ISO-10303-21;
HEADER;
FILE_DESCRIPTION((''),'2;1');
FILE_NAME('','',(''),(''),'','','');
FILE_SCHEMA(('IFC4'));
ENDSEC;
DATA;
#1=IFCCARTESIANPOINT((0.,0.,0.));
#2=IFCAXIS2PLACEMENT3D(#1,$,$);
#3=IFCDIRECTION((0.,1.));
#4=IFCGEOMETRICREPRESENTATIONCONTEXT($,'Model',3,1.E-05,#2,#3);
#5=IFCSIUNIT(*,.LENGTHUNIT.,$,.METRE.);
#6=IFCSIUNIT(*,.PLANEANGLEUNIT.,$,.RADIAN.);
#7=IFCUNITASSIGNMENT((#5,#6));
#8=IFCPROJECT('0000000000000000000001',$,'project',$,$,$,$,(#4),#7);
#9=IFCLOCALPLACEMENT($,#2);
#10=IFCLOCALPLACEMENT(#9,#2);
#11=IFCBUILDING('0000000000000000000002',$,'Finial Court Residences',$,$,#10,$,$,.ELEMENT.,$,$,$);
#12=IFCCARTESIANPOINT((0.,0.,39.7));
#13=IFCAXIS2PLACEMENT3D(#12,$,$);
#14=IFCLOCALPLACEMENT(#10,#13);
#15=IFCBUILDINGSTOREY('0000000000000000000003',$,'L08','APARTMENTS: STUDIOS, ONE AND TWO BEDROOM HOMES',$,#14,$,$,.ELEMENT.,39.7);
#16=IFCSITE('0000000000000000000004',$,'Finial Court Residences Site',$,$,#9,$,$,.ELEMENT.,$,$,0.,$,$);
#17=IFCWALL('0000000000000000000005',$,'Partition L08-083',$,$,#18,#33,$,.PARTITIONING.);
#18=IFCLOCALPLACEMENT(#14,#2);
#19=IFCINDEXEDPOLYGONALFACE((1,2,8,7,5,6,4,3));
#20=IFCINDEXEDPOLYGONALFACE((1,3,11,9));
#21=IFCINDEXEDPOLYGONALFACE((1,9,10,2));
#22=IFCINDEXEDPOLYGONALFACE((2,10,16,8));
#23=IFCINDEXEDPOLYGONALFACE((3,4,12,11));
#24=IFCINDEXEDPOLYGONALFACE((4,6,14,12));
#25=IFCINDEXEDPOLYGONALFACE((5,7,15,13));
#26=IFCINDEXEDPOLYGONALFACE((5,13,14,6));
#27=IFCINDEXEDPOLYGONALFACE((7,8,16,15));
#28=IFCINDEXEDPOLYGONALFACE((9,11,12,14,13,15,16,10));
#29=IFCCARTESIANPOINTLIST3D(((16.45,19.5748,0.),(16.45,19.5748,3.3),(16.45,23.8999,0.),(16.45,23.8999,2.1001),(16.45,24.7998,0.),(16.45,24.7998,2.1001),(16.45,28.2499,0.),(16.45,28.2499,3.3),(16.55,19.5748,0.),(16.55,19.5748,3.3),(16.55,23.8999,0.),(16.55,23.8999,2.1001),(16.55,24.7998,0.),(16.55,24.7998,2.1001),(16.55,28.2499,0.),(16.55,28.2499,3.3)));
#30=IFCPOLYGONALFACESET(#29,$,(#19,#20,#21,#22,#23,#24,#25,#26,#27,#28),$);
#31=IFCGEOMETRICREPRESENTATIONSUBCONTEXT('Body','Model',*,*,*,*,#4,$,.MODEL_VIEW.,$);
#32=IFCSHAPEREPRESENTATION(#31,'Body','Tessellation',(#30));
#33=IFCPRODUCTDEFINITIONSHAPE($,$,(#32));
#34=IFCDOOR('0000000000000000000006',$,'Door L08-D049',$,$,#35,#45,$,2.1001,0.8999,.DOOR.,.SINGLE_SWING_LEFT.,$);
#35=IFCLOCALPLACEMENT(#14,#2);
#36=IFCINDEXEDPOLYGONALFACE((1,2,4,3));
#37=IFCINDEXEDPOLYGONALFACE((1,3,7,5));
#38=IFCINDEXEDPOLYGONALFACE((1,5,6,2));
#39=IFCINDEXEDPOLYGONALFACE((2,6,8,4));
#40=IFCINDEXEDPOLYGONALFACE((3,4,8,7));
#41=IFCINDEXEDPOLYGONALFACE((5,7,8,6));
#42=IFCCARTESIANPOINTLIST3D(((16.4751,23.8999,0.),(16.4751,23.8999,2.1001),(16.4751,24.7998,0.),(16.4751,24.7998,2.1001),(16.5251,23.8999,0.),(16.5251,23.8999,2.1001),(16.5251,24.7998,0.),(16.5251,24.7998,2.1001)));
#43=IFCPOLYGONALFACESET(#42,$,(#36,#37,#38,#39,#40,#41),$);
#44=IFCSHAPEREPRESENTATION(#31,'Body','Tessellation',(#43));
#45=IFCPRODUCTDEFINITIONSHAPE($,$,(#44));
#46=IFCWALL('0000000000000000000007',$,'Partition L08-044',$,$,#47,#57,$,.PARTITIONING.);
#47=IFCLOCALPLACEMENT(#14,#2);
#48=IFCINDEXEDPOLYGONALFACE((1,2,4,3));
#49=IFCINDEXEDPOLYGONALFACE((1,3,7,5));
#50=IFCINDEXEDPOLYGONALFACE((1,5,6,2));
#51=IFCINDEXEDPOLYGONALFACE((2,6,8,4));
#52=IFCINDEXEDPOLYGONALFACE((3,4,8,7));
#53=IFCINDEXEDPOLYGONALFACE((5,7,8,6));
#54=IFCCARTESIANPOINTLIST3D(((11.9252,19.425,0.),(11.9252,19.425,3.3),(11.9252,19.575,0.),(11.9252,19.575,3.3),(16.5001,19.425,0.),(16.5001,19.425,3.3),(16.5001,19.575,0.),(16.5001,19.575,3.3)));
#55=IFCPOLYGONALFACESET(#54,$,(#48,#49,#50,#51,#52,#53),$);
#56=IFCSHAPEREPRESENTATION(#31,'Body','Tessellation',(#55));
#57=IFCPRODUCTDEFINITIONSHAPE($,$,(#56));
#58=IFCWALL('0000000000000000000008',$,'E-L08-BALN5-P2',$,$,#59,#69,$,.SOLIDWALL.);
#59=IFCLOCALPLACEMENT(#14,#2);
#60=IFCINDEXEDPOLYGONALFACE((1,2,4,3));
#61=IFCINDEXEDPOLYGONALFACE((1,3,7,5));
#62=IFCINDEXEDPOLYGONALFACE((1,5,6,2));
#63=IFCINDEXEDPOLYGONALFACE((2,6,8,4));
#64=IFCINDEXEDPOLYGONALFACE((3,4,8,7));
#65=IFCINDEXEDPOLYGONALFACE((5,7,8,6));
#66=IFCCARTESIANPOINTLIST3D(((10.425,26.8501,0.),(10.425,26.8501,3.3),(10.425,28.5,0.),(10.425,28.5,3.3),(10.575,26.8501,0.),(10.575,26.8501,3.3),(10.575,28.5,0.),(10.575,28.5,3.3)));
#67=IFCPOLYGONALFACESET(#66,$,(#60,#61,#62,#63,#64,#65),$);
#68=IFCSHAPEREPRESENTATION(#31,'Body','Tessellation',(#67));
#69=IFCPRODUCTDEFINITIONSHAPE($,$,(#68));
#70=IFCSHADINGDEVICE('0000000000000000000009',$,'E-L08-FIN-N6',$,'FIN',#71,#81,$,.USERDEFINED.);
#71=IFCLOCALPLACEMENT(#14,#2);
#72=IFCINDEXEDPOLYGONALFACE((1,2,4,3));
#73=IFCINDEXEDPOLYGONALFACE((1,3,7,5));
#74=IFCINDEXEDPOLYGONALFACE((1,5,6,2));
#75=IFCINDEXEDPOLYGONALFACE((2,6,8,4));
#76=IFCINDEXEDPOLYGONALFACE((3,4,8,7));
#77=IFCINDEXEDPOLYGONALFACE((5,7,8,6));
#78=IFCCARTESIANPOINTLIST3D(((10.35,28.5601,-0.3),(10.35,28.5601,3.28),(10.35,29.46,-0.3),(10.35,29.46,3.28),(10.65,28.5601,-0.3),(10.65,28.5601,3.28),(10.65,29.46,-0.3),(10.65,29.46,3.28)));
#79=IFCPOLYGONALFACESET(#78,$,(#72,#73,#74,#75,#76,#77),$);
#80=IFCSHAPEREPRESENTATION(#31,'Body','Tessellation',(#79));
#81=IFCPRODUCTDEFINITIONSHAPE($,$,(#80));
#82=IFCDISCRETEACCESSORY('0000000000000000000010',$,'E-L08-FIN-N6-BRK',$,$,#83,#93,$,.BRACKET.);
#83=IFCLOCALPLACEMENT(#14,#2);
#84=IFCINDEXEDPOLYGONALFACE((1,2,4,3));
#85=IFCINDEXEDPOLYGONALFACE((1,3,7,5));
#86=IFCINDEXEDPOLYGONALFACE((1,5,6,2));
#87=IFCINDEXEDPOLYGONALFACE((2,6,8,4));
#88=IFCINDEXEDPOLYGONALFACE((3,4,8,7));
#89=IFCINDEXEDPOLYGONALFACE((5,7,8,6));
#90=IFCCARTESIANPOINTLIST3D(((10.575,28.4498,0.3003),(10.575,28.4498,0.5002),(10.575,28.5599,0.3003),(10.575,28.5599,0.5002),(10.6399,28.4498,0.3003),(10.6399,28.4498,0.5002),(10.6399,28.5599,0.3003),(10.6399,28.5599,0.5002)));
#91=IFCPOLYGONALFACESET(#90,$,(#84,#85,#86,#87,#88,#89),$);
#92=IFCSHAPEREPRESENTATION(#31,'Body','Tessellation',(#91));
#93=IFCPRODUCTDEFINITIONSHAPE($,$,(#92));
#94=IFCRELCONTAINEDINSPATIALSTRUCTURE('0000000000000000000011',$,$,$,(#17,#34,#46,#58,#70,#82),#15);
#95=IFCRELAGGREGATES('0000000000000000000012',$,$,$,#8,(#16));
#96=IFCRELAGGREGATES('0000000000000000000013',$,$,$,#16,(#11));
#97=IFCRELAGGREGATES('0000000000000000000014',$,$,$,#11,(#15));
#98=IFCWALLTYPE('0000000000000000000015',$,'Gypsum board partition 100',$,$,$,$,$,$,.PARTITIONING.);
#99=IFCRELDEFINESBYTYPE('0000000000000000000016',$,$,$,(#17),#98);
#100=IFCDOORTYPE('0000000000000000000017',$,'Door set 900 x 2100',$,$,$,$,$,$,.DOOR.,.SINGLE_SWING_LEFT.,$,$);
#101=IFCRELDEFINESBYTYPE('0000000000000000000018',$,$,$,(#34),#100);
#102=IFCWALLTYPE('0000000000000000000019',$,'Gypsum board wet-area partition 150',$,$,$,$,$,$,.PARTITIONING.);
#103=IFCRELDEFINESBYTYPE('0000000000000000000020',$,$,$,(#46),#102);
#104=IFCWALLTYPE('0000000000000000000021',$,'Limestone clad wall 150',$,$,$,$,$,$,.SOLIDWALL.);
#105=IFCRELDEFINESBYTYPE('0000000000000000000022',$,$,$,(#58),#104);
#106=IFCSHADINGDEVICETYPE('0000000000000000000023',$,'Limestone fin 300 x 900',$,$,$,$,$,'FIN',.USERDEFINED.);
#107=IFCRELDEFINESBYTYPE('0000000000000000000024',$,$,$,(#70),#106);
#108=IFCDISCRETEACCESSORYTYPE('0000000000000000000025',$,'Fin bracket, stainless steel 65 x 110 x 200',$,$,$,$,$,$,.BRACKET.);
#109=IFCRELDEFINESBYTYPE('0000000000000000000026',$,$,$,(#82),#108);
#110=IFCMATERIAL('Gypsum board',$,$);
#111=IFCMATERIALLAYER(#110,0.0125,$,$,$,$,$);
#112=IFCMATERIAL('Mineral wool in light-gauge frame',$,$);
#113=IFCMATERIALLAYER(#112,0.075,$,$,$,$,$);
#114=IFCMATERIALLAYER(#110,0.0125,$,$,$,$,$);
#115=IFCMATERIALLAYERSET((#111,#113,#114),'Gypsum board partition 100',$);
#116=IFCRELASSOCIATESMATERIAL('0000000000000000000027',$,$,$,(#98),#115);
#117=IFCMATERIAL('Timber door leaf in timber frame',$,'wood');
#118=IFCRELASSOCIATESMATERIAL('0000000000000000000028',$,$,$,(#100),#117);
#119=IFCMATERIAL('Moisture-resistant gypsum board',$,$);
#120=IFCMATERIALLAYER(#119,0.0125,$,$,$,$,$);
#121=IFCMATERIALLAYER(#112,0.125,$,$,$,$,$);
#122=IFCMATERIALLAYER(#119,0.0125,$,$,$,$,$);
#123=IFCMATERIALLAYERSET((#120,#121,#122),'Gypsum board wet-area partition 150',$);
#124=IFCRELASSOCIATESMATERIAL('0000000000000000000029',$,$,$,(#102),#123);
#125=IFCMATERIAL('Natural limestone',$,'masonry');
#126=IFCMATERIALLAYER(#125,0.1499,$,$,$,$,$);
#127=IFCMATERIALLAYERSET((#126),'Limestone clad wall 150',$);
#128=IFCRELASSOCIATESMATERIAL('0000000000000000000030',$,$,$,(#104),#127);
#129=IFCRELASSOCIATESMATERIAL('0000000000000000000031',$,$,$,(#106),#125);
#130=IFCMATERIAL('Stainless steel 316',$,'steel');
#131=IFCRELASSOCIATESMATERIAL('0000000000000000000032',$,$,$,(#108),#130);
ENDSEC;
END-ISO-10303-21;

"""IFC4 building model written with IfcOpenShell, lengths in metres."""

from ifc_helpers import new_model, si_unit, direction, frame, frame_2d, origin, origin_2d, place, context, subcontext, project, spatial, rectangle, extrude, material, layer, layer_set, type_object, element, fill, save


model = new_model("IFC4")

# Units and contexts
model_context = context("Model", 3, precision=1e-05, world=origin(), true_north=direction((0.0, 1.0)))
body_context = subcontext(model_context, "Body", "Model", "MODEL_VIEW")
ifc_project = project(units=[si_unit("LENGTHUNIT", "METRE"), si_unit("PLANEANGLEUNIT", "RADIAN")], contexts=[model_context])

# Site, building, storey
site_placement = place(None, origin())
site = spatial("IfcSite", under=ifc_project, at=site_placement, Name="Finial Court Residences Site", CompositionType="ELEMENT", RefElevation=0.0)
building_placement = place(site_placement, origin())
building = spatial("IfcBuilding", under=site, at=building_placement, Name="Finial Court Residences", CompositionType="ELEMENT")
storey_placement = place(building_placement, frame((0.0, 0.0, 39.7)))
storey = spatial("IfcBuildingStorey", under=building, at=storey_placement, Name="L08", Description="APARTMENTS: STUDIOS, ONE AND TWO BEDROOM HOMES", CompositionType="ELEMENT", Elevation=39.7)

# Wall, opening, door
ifc_material_1 = material(Name="Gypsum board")
ifc_layer_1 = layer(ifc_material_1, 0.0125)
ifc_material_2 = material(Name="Mineral wool in light-gauge frame")
ifc_layer_2 = layer(ifc_material_2, 0.075)
ifc_layer_3 = layer(ifc_material_1, 0.0125)
ifc_layer_set_1 = layer_set([ifc_layer_1, ifc_layer_2, ifc_layer_3], Name="Gypsum board partition 100")
wall_type_1 = type_object("IfcWallType", Name="Gypsum board partition 100", PredefinedType="PARTITIONING", material=ifc_layer_set_1)
ifc_material_3 = material(Name="Timber door leaf in timber frame", Category="wood")
door_type = type_object("IfcDoorType", Name="Door set 900 x 2100", OperationType="SINGLE_SWING_LEFT", PredefinedType="DOOR", material=ifc_material_3)
wall_1_placement = place(storey_placement, frame((16.5, 19.575, 0.0), z_axis=(0.0, 0.0, 1.0), x_axis=(0.0, 1.0, 0.0)))
wall_1 = element("IfcWall", 1, at=wall_1_placement, inside=storey, type_object=wall_type_1, Name="Partition L08-083", PredefinedType="PARTITIONING", context=body_context, shape_type="SweptSolid", body=[
    extrude(rectangle(XDim=8.675, YDim=0.1001, at=frame_2d((4.3374, 0.0))), origin(), (0.0, 0.0, 1.0), 3.3),
])
opening_1_placement = place(wall_1_placement, frame((4.325, 0.0, 0.0)))
opening_1 = element("IfcOpeningElement", 2, at=opening_1_placement, cuts=wall_1, PredefinedType="OPENING", context=body_context, shape_type="SweptSolid", body=[
    extrude(rectangle(XDim=0.8999, YDim=2.1001, at=frame_2d((0.45, 1.05))), frame((0.0, 0.0601, 0.0), z_axis=(0.0, -1.0, 0.0), x_axis=(1.0, 0.0, 0.0)), (0.0, 0.0, 1.0), 0.1201),
])
door_1_placement = place(opening_1_placement, origin())
door_1 = element("IfcDoor", 3, at=door_1_placement, inside=storey, type_object=door_type, Name="Door L08-D049", OperationType="SINGLE_SWING_LEFT", OverallHeight=2.1001, OverallWidth=0.8999, PredefinedType="DOOR", context=body_context, shape_type="SweptSolid", body=[
    extrude(rectangle(XDim=0.8999, YDim=2.1001, at=frame_2d((0.45, 1.05))), frame((0.0, 0.0249, 0.0), z_axis=(0.0, -1.0, 0.0), x_axis=(1.0, 0.0, 0.0)), (0.0, 0.0, 1.0), 0.05),
])
fill(opening_1, door_1)

# Walls
ifc_material_4 = material(Name="Moisture-resistant gypsum board")
ifc_layer_4 = layer(ifc_material_4, 0.0125)
ifc_layer_5 = layer(ifc_material_2, 0.125)
ifc_layer_6 = layer(ifc_material_4, 0.0125)
ifc_layer_set_2 = layer_set([ifc_layer_4, ifc_layer_5, ifc_layer_6], Name="Gypsum board wet-area partition 150")
wall_type_2 = type_object("IfcWallType", Name="Gypsum board wet-area partition 150", PredefinedType="PARTITIONING", material=ifc_layer_set_2)
wall_2_placement = place(storey_placement, frame((11.925, 19.5, 0.0), z_axis=(0.0, 0.0, 1.0), x_axis=(1.0, 0.0, 0.0)))
element("IfcWall", 4, at=wall_2_placement, inside=storey, type_object=wall_type_2, Name="Partition L08-044", PredefinedType="PARTITIONING", context=body_context, shape_type="SweptSolid", body=[
    extrude(rectangle(XDim=4.575, YDim=0.1499, at=frame_2d((2.2876, 0.0))), origin(), (0.0, 0.0, 1.0), 3.3),
])
ifc_material_5 = material(Name="Natural limestone", Category="masonry")
ifc_layer_7 = layer(ifc_material_5, 0.1499)
ifc_layer_set_3 = layer_set([ifc_layer_7], Name="Limestone clad wall 150")
wall_type_3 = type_object("IfcWallType", Name="Limestone clad wall 150", PredefinedType="SOLIDWALL", material=ifc_layer_set_3)
wall_3_placement = place(storey_placement, frame((10.5, 26.8501, 0.0), z_axis=(0.0, 0.0, 1.0), x_axis=(0.0, 1.0, 0.0)))
element("IfcWall", 5, at=wall_3_placement, inside=storey, type_object=wall_type_3, Name="E-L08-BALN5-P2", PredefinedType="SOLIDWALL", context=body_context, shape_type="SweptSolid", body=[
    extrude(rectangle(XDim=1.6499, YDim=0.1499, at=frame_2d((0.825, 0.0))), origin(), (0.0, 0.0, 1.0), 3.3),
])

# Shading device
shading_device_type = type_object("IfcShadingDeviceType", Name="Limestone fin 300 x 900", ElementType="FIN", PredefinedType="USERDEFINED", material=ifc_material_5)
shading_device_placement = place(storey_placement, frame((10.5, 29.01, -0.3), z_axis=(0.0, 0.0, 1.0), x_axis=(1.0, 0.0, 0.0)))
element("IfcShadingDevice", 6, at=shading_device_placement, inside=storey, type_object=shading_device_type, Name="E-L08-FIN-N6", ObjectType="FIN", PredefinedType="USERDEFINED", context=body_context, shape_type="SweptSolid", body=[
    extrude(rectangle(XDim=0.3, YDim=0.8999, at=origin_2d()), origin(), (0.0, 0.0, 1.0), 3.5801),
])

# Discrete accessory
ifc_material_6 = material(Name="Stainless steel 316", Category="steel")
discrete_accessory_type = type_object("IfcDiscreteAccessoryType", Name="Fin bracket, stainless steel 65 x 110 x 200", PredefinedType="BRACKET", material=ifc_material_6)
discrete_accessory_placement = place(storey_placement, frame((10.6074, 28.5049, 0.3003), z_axis=(0.0, 0.0, 1.0), x_axis=(1.0, 0.0, 0.0)))
element("IfcDiscreteAccessory", 7, at=discrete_accessory_placement, inside=storey, type_object=discrete_accessory_type, Name="E-L08-FIN-N6-BRK", PredefinedType="BRACKET", context=body_context, shape_type="SweptSolid", body=[
    extrude(rectangle(XDim=0.0649, YDim=0.1101, at=origin_2d()), origin(), (0.0, 0.0, 1.0), 0.2),
])

save(model, "model.ifc")
